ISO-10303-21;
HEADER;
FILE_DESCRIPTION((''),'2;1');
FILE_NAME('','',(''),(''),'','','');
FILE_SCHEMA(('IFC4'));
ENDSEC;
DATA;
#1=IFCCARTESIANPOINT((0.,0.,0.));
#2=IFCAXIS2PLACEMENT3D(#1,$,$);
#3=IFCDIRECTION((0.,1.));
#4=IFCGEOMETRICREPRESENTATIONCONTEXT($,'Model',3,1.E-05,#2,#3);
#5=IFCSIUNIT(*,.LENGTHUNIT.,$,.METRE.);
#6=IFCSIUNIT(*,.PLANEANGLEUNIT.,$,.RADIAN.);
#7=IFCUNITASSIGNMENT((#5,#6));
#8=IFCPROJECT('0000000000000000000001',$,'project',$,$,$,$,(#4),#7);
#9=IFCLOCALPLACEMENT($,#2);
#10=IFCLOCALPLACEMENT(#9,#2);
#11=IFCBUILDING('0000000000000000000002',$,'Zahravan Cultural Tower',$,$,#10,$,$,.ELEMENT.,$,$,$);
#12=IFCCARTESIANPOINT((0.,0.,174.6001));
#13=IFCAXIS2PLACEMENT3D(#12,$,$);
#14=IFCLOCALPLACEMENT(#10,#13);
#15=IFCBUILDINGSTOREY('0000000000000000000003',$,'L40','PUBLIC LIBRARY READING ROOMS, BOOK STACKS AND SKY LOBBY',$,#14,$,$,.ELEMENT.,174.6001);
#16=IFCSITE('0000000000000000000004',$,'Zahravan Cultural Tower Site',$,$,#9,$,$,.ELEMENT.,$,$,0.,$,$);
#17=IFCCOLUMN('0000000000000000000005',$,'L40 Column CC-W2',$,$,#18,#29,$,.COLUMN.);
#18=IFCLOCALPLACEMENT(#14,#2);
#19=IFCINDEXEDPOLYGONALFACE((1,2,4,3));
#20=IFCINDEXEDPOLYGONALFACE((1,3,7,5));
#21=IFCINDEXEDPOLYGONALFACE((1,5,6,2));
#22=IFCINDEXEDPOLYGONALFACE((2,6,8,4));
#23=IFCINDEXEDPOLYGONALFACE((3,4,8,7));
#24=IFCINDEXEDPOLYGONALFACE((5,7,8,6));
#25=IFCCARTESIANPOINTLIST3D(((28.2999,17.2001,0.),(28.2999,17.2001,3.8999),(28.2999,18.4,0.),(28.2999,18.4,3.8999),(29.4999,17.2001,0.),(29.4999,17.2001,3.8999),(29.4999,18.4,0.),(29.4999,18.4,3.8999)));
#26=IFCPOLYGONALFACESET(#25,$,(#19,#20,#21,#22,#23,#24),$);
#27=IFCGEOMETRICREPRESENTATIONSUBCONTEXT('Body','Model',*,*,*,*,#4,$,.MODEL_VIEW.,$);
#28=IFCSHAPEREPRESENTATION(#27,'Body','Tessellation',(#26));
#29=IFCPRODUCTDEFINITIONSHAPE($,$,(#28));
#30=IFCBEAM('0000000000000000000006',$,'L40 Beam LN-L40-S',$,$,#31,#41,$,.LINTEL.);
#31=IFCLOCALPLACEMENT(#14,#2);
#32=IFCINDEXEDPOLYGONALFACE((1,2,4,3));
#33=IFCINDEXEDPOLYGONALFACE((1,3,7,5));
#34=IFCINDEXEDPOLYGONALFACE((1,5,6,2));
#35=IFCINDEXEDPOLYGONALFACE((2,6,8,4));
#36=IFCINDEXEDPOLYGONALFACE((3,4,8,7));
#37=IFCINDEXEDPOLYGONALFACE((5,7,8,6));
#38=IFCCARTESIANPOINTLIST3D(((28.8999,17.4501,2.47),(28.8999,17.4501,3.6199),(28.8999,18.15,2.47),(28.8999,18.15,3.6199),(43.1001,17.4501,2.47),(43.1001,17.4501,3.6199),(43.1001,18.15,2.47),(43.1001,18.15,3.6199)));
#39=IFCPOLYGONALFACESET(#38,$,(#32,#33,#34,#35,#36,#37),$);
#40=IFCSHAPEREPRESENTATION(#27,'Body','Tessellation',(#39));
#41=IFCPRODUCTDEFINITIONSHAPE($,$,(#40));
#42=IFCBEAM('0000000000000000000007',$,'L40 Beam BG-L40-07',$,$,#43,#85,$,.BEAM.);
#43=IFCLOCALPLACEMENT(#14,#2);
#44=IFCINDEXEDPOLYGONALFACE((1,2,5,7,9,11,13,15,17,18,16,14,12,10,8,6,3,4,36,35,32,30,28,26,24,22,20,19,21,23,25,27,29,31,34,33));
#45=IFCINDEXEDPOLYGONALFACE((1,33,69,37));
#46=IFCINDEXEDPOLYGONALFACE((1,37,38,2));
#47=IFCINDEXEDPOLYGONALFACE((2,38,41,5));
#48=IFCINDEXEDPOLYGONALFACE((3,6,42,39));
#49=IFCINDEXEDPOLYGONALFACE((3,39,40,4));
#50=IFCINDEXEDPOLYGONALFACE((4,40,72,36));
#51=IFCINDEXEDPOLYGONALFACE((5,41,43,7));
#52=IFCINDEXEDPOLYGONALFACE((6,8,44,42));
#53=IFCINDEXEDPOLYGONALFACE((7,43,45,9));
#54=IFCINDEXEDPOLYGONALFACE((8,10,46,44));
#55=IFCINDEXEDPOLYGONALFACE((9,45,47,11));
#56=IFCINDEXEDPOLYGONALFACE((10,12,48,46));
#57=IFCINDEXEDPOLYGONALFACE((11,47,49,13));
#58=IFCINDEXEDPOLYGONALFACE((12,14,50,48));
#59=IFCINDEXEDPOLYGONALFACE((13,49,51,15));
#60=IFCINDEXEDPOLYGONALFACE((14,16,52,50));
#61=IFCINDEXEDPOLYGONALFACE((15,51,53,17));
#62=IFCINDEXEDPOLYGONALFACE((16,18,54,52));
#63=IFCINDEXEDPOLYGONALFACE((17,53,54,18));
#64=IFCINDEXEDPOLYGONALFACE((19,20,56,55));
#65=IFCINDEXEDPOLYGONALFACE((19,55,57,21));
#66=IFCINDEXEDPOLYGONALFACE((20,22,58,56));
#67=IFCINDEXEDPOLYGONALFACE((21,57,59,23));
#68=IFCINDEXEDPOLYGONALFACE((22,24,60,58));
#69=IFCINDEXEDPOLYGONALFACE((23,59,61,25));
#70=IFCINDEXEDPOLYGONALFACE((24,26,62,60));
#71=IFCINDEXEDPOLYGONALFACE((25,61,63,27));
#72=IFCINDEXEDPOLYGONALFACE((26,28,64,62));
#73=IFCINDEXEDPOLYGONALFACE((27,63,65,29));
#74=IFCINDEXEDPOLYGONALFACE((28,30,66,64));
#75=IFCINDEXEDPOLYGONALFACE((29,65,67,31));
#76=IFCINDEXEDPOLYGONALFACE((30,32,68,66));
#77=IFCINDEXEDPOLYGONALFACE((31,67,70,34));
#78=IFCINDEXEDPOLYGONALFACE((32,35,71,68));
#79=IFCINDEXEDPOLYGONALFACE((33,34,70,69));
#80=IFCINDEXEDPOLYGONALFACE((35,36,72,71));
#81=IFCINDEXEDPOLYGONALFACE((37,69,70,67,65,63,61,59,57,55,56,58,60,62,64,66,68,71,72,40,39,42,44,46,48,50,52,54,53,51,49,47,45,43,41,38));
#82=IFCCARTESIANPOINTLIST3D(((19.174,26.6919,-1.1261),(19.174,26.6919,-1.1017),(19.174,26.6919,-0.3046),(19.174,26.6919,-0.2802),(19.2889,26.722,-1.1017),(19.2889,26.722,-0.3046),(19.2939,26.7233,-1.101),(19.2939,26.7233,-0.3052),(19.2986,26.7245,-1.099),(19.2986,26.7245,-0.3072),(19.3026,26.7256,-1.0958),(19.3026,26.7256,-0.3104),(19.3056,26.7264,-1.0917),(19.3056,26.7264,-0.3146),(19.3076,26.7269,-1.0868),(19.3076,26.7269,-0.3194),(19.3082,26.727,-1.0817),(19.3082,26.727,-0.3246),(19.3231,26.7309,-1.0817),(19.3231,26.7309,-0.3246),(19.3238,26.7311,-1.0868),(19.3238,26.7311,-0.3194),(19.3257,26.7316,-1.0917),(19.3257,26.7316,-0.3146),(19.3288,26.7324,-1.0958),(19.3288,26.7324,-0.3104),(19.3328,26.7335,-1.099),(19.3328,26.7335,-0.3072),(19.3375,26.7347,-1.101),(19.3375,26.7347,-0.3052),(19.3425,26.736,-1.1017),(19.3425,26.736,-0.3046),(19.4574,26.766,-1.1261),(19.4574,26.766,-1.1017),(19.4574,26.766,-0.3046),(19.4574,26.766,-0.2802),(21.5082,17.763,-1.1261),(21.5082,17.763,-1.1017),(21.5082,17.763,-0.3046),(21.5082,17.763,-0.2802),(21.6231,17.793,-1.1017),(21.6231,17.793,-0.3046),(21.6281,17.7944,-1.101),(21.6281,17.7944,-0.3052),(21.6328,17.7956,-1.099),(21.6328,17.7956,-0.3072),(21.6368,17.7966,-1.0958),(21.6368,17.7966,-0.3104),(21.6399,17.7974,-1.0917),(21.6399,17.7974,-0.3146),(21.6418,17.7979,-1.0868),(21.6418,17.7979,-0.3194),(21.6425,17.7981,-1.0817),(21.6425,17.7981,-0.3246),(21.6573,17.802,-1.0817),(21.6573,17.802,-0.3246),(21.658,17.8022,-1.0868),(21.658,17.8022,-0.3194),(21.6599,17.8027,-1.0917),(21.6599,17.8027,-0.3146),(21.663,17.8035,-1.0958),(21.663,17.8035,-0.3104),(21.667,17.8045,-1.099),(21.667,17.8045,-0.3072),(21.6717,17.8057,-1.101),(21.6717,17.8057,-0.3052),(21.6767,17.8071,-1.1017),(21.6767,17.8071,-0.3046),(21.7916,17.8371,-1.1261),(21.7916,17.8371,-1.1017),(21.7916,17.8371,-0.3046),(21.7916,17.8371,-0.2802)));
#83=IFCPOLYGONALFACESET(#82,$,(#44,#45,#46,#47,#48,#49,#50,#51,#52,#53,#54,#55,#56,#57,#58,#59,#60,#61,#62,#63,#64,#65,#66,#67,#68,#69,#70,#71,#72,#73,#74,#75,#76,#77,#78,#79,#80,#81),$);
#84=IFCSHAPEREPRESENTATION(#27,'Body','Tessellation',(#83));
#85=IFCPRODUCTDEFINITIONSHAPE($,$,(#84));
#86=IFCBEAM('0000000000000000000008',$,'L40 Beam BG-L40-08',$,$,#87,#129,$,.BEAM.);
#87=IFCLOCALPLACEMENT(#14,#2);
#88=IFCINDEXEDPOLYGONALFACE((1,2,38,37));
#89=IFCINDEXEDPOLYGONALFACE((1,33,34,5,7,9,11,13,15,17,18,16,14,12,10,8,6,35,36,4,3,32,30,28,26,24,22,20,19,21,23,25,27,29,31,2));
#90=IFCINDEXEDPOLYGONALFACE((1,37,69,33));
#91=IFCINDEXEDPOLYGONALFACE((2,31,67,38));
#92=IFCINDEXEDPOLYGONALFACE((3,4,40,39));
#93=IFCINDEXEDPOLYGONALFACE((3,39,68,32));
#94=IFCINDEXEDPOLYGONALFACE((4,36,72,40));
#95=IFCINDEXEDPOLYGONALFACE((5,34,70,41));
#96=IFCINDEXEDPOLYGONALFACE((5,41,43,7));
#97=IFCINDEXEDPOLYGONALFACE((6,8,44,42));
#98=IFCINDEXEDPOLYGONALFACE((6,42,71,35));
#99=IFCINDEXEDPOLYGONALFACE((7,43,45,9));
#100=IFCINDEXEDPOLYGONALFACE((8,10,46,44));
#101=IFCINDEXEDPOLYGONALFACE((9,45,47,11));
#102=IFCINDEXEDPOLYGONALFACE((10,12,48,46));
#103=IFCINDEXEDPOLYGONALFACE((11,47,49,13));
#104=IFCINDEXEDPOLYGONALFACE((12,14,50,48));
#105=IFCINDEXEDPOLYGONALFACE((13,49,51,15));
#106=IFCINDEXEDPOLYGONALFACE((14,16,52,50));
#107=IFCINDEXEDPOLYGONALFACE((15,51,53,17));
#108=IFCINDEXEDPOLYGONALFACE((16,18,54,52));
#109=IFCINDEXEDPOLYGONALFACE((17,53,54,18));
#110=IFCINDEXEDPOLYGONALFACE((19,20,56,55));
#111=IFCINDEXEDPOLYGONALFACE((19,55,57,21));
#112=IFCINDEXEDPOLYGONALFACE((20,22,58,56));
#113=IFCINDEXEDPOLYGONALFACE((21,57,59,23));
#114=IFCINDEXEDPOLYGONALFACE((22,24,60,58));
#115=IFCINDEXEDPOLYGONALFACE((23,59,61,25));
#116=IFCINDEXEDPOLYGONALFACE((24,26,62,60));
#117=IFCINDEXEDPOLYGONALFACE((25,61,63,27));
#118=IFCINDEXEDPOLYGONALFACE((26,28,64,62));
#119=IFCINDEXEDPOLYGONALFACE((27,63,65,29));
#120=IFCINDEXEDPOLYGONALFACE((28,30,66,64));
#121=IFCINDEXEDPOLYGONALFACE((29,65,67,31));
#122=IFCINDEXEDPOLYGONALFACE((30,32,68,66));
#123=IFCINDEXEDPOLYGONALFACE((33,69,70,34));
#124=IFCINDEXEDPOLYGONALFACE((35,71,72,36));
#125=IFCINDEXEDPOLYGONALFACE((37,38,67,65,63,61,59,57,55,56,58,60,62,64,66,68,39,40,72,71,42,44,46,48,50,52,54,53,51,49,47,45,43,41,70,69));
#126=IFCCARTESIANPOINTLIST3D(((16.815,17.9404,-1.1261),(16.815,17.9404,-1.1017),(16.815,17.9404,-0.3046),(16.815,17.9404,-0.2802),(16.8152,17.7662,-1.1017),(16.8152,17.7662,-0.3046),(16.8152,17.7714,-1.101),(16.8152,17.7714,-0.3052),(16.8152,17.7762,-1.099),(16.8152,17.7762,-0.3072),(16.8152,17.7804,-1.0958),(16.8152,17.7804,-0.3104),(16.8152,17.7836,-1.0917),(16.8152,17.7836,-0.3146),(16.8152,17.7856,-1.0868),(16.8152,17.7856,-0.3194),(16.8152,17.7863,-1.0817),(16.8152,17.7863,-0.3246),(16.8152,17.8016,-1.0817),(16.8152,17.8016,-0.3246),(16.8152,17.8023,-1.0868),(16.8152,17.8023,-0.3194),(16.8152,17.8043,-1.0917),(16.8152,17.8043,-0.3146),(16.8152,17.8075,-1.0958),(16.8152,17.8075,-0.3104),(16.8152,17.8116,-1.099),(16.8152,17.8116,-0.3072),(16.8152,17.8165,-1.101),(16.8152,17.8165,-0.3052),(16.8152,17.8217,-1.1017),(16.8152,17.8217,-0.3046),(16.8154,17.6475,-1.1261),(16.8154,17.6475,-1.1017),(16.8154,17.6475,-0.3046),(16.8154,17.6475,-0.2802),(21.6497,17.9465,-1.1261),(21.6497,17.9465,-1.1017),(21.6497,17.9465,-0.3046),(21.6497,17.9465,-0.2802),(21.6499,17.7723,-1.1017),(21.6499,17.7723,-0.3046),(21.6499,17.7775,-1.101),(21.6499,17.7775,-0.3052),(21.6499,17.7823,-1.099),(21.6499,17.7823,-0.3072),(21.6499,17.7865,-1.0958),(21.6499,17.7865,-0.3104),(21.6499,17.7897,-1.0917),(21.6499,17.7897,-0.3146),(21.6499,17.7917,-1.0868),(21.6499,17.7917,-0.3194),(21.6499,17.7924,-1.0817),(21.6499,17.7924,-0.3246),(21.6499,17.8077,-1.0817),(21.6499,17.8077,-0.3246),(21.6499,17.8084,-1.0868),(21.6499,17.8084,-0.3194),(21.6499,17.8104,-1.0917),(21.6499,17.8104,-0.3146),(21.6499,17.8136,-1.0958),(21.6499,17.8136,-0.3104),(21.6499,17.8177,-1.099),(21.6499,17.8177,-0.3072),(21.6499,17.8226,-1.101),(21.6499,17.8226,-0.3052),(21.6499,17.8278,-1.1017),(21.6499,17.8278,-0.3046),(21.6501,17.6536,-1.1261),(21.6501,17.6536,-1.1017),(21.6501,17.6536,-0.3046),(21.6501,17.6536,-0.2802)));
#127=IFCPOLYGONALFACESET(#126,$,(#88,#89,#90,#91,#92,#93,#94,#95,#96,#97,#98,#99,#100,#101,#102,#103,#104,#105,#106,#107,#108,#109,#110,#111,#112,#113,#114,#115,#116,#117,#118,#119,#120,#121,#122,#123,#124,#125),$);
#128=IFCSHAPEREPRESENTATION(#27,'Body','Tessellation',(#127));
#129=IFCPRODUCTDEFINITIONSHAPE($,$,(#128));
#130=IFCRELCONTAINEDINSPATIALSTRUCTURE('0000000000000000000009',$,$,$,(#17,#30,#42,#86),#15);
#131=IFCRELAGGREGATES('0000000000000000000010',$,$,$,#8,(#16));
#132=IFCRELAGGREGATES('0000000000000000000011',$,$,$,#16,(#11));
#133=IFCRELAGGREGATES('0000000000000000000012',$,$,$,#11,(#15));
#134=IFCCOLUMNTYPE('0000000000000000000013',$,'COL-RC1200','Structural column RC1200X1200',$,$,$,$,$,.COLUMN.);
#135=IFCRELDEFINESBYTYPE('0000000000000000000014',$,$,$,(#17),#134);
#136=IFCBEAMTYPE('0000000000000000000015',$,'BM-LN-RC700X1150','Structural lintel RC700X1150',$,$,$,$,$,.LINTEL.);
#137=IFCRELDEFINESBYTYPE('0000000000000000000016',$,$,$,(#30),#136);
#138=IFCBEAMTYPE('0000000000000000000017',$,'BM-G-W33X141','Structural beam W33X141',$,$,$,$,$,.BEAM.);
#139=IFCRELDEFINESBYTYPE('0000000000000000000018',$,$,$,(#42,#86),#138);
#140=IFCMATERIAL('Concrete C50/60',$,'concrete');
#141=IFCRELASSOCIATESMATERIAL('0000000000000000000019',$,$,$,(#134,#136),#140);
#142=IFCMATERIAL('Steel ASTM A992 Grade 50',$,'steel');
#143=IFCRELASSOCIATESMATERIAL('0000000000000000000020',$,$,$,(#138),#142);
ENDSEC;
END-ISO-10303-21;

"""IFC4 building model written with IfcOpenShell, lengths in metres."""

from ifc_helpers import new_model, si_unit, direction, frame, origin, origin_2d, place, context, subcontext, project, spatial, rectangle, i_section, extrude, source, transform, mapped, material, material_profile, profile_set, type_object, element, save


model = new_model("IFC4")

# Units and contexts
model_context = context("Model", 3, precision=1e-05, world=origin(), true_north=direction((0.0, 1.0)))
body_context = subcontext(model_context, "Body", "Model", "MODEL_VIEW")
ifc_project = project(units=[si_unit("LENGTHUNIT", "METRE"), si_unit("PLANEANGLEUNIT", "RADIAN")], contexts=[model_context])

# Site, building, storey
site_placement = place(None, origin())
site = spatial("IfcSite", under=ifc_project, at=site_placement, Name="Zahravan Cultural Tower Site", CompositionType="ELEMENT", RefElevation=0.0)
building_placement = place(site_placement, origin())
building = spatial("IfcBuilding", under=site, at=building_placement, Name="Zahravan Cultural Tower", CompositionType="ELEMENT")
storey_placement = place(building_placement, frame((0.0, 0.0, 174.6001)))
storey = spatial("IfcBuildingStorey", under=building, at=storey_placement, Name="L40", Description="PUBLIC LIBRARY READING ROOMS, BOOK STACKS AND SKY LOBBY", CompositionType="ELEMENT", Elevation=174.6001)

# Column
ifc_material_1 = material(Name="Concrete C50/60", Category="concrete")
ifc_material_profile_1 = material_profile(ifc_material_1, rectangle(XDim=1.2, YDim=1.2, at=origin_2d()), Name="RC1200X1200")
ifc_profile_set_1 = profile_set([ifc_material_profile_1], Name="Concrete C50/60")
column_type = type_object("IfcColumnType", Name="COL-RC1200", Description="Structural column RC1200X1200", PredefinedType="COLUMN", material=ifc_profile_set_1)
shared_shape_1 = source(origin(), body_context, "Body", "SweptSolid", [
    extrude(rectangle(XDim=1.2, YDim=1.2, at=origin_2d()), origin(), (0.0, 0.0, 1.0), 3.8999),
])
column_placement = place(storey_placement, frame((28.8999, 17.8, 0.0), z_axis=(0.0, 0.0, 1.0), x_axis=(1.0, 0.0, 0.0)))
element("IfcColumn", 1, at=column_placement, inside=storey, type_object=column_type, Name="L40 Column CC-W2", PredefinedType="COLUMN", context=body_context, shape_type="MappedRepresentation", body=[
    mapped(shared_shape_1, transform((0.0, 0.0, 0.0), x_axis=(1.0, 0.0, 0.0), y_axis=(0.0, 1.0, 0.0), z_axis=(0.0, 0.0, 1.0), scale=1.0)),
])

# Beams
ifc_material_profile_2 = material_profile(ifc_material_1, rectangle(XDim=0.7, YDim=1.1499, at=origin_2d()), Name="RC700X1150")
ifc_profile_set_2 = profile_set([ifc_material_profile_2], Name="Concrete C50/60")
beam_type_1 = type_object("IfcBeamType", Name="BM-LN-RC700X1150", Description="Structural lintel RC700X1150", PredefinedType="LINTEL", material=ifc_profile_set_2)
shared_shape_2 = source(origin(), body_context, "Body", "SweptSolid", [
    extrude(rectangle(XDim=0.7, YDim=1.1499, at=origin_2d()), origin(), (0.0, 0.0, 1.0), 14.2002),
])
beam_1_placement = place(storey_placement, frame((28.8999, 17.8, 3.0449), z_axis=(1.0, 0.0, 0.0), x_axis=(0.0, 1.0, 0.0)))
element("IfcBeam", 2, at=beam_1_placement, inside=storey, type_object=beam_type_1, Name="L40 Beam LN-L40-S", PredefinedType="LINTEL", context=body_context, shape_type="MappedRepresentation", body=[
    mapped(shared_shape_2, transform((0.0, 0.0, 0.0), x_axis=(1.0, 0.0, 0.0), y_axis=(0.0, 1.0, 0.0), z_axis=(0.0, 0.0, 1.0), scale=1.0)),
])
ifc_material_2 = material(Name="Steel ASTM A992 Grade 50", Category="steel")
ifc_material_profile_3 = material_profile(ifc_material_2, i_section(OverallWidth=0.293, OverallDepth=0.8459, WebThickness=0.0154, FlangeThickness=0.0244, FilletRadius=0.02, at=origin_2d()), Name="W33X141")
ifc_profile_set_3 = profile_set([ifc_material_profile_3], Name="Steel ASTM A992 Grade 50")
beam_type_2 = type_object("IfcBeamType", Name="BM-G-W33X141", Description="Structural beam W33X141", PredefinedType="BEAM", material=ifc_profile_set_3)
shared_shape_3 = source(origin(), body_context, "Body", "SweptSolid", [
    extrude(i_section(OverallWidth=0.293, OverallDepth=0.8459, WebThickness=0.0154, FlangeThickness=0.0244, FilletRadius=0.02, at=origin_2d()), origin(), (0.0, 0.0, 1.0), 9.229),
])
beam_2_placement = place(storey_placement, frame((21.6499, 17.8, -0.7031), z_axis=(-0.252923, 0.967487, 0.0), x_axis=(-0.967487, -0.252923, 0.0)))
element("IfcBeam", 3, at=beam_2_placement, inside=storey, type_object=beam_type_2, Name="L40 Beam BG-L40-07", PredefinedType="BEAM", context=body_context, shape_type="MappedRepresentation", body=[
    mapped(shared_shape_3, transform((0.0, 0.0, 0.0), x_axis=(1.0, 0.0, 0.0), y_axis=(0.0, 1.0, 0.0), z_axis=(0.0, 0.0, 1.0), scale=1.0)),
])
shared_shape_4 = source(origin(), body_context, "Body", "SweptSolid", [
    extrude(i_section(OverallWidth=0.293, OverallDepth=0.8459, WebThickness=0.0154, FlangeThickness=0.0244, FilletRadius=0.02, at=origin_2d()), origin(), (0.0, 0.0, 1.0), 4.8347),
])
beam_3_placement = place(storey_placement, frame((21.6499, 17.8, -0.7031), z_axis=(-0.999999, -0.001262, 0.0), x_axis=(0.001262, -0.999999, 0.0)))
element("IfcBeam", 4, at=beam_3_placement, inside=storey, type_object=beam_type_2, Name="L40 Beam BG-L40-08", PredefinedType="BEAM", context=body_context, shape_type="MappedRepresentation", body=[
    mapped(shared_shape_4, transform((0.0, 0.0, 0.0), x_axis=(1.0, 0.0, 0.0), y_axis=(0.0, 1.0, 0.0), z_axis=(0.0, 0.0, 1.0), scale=1.0)),
])

save(model, "model.ifc")
